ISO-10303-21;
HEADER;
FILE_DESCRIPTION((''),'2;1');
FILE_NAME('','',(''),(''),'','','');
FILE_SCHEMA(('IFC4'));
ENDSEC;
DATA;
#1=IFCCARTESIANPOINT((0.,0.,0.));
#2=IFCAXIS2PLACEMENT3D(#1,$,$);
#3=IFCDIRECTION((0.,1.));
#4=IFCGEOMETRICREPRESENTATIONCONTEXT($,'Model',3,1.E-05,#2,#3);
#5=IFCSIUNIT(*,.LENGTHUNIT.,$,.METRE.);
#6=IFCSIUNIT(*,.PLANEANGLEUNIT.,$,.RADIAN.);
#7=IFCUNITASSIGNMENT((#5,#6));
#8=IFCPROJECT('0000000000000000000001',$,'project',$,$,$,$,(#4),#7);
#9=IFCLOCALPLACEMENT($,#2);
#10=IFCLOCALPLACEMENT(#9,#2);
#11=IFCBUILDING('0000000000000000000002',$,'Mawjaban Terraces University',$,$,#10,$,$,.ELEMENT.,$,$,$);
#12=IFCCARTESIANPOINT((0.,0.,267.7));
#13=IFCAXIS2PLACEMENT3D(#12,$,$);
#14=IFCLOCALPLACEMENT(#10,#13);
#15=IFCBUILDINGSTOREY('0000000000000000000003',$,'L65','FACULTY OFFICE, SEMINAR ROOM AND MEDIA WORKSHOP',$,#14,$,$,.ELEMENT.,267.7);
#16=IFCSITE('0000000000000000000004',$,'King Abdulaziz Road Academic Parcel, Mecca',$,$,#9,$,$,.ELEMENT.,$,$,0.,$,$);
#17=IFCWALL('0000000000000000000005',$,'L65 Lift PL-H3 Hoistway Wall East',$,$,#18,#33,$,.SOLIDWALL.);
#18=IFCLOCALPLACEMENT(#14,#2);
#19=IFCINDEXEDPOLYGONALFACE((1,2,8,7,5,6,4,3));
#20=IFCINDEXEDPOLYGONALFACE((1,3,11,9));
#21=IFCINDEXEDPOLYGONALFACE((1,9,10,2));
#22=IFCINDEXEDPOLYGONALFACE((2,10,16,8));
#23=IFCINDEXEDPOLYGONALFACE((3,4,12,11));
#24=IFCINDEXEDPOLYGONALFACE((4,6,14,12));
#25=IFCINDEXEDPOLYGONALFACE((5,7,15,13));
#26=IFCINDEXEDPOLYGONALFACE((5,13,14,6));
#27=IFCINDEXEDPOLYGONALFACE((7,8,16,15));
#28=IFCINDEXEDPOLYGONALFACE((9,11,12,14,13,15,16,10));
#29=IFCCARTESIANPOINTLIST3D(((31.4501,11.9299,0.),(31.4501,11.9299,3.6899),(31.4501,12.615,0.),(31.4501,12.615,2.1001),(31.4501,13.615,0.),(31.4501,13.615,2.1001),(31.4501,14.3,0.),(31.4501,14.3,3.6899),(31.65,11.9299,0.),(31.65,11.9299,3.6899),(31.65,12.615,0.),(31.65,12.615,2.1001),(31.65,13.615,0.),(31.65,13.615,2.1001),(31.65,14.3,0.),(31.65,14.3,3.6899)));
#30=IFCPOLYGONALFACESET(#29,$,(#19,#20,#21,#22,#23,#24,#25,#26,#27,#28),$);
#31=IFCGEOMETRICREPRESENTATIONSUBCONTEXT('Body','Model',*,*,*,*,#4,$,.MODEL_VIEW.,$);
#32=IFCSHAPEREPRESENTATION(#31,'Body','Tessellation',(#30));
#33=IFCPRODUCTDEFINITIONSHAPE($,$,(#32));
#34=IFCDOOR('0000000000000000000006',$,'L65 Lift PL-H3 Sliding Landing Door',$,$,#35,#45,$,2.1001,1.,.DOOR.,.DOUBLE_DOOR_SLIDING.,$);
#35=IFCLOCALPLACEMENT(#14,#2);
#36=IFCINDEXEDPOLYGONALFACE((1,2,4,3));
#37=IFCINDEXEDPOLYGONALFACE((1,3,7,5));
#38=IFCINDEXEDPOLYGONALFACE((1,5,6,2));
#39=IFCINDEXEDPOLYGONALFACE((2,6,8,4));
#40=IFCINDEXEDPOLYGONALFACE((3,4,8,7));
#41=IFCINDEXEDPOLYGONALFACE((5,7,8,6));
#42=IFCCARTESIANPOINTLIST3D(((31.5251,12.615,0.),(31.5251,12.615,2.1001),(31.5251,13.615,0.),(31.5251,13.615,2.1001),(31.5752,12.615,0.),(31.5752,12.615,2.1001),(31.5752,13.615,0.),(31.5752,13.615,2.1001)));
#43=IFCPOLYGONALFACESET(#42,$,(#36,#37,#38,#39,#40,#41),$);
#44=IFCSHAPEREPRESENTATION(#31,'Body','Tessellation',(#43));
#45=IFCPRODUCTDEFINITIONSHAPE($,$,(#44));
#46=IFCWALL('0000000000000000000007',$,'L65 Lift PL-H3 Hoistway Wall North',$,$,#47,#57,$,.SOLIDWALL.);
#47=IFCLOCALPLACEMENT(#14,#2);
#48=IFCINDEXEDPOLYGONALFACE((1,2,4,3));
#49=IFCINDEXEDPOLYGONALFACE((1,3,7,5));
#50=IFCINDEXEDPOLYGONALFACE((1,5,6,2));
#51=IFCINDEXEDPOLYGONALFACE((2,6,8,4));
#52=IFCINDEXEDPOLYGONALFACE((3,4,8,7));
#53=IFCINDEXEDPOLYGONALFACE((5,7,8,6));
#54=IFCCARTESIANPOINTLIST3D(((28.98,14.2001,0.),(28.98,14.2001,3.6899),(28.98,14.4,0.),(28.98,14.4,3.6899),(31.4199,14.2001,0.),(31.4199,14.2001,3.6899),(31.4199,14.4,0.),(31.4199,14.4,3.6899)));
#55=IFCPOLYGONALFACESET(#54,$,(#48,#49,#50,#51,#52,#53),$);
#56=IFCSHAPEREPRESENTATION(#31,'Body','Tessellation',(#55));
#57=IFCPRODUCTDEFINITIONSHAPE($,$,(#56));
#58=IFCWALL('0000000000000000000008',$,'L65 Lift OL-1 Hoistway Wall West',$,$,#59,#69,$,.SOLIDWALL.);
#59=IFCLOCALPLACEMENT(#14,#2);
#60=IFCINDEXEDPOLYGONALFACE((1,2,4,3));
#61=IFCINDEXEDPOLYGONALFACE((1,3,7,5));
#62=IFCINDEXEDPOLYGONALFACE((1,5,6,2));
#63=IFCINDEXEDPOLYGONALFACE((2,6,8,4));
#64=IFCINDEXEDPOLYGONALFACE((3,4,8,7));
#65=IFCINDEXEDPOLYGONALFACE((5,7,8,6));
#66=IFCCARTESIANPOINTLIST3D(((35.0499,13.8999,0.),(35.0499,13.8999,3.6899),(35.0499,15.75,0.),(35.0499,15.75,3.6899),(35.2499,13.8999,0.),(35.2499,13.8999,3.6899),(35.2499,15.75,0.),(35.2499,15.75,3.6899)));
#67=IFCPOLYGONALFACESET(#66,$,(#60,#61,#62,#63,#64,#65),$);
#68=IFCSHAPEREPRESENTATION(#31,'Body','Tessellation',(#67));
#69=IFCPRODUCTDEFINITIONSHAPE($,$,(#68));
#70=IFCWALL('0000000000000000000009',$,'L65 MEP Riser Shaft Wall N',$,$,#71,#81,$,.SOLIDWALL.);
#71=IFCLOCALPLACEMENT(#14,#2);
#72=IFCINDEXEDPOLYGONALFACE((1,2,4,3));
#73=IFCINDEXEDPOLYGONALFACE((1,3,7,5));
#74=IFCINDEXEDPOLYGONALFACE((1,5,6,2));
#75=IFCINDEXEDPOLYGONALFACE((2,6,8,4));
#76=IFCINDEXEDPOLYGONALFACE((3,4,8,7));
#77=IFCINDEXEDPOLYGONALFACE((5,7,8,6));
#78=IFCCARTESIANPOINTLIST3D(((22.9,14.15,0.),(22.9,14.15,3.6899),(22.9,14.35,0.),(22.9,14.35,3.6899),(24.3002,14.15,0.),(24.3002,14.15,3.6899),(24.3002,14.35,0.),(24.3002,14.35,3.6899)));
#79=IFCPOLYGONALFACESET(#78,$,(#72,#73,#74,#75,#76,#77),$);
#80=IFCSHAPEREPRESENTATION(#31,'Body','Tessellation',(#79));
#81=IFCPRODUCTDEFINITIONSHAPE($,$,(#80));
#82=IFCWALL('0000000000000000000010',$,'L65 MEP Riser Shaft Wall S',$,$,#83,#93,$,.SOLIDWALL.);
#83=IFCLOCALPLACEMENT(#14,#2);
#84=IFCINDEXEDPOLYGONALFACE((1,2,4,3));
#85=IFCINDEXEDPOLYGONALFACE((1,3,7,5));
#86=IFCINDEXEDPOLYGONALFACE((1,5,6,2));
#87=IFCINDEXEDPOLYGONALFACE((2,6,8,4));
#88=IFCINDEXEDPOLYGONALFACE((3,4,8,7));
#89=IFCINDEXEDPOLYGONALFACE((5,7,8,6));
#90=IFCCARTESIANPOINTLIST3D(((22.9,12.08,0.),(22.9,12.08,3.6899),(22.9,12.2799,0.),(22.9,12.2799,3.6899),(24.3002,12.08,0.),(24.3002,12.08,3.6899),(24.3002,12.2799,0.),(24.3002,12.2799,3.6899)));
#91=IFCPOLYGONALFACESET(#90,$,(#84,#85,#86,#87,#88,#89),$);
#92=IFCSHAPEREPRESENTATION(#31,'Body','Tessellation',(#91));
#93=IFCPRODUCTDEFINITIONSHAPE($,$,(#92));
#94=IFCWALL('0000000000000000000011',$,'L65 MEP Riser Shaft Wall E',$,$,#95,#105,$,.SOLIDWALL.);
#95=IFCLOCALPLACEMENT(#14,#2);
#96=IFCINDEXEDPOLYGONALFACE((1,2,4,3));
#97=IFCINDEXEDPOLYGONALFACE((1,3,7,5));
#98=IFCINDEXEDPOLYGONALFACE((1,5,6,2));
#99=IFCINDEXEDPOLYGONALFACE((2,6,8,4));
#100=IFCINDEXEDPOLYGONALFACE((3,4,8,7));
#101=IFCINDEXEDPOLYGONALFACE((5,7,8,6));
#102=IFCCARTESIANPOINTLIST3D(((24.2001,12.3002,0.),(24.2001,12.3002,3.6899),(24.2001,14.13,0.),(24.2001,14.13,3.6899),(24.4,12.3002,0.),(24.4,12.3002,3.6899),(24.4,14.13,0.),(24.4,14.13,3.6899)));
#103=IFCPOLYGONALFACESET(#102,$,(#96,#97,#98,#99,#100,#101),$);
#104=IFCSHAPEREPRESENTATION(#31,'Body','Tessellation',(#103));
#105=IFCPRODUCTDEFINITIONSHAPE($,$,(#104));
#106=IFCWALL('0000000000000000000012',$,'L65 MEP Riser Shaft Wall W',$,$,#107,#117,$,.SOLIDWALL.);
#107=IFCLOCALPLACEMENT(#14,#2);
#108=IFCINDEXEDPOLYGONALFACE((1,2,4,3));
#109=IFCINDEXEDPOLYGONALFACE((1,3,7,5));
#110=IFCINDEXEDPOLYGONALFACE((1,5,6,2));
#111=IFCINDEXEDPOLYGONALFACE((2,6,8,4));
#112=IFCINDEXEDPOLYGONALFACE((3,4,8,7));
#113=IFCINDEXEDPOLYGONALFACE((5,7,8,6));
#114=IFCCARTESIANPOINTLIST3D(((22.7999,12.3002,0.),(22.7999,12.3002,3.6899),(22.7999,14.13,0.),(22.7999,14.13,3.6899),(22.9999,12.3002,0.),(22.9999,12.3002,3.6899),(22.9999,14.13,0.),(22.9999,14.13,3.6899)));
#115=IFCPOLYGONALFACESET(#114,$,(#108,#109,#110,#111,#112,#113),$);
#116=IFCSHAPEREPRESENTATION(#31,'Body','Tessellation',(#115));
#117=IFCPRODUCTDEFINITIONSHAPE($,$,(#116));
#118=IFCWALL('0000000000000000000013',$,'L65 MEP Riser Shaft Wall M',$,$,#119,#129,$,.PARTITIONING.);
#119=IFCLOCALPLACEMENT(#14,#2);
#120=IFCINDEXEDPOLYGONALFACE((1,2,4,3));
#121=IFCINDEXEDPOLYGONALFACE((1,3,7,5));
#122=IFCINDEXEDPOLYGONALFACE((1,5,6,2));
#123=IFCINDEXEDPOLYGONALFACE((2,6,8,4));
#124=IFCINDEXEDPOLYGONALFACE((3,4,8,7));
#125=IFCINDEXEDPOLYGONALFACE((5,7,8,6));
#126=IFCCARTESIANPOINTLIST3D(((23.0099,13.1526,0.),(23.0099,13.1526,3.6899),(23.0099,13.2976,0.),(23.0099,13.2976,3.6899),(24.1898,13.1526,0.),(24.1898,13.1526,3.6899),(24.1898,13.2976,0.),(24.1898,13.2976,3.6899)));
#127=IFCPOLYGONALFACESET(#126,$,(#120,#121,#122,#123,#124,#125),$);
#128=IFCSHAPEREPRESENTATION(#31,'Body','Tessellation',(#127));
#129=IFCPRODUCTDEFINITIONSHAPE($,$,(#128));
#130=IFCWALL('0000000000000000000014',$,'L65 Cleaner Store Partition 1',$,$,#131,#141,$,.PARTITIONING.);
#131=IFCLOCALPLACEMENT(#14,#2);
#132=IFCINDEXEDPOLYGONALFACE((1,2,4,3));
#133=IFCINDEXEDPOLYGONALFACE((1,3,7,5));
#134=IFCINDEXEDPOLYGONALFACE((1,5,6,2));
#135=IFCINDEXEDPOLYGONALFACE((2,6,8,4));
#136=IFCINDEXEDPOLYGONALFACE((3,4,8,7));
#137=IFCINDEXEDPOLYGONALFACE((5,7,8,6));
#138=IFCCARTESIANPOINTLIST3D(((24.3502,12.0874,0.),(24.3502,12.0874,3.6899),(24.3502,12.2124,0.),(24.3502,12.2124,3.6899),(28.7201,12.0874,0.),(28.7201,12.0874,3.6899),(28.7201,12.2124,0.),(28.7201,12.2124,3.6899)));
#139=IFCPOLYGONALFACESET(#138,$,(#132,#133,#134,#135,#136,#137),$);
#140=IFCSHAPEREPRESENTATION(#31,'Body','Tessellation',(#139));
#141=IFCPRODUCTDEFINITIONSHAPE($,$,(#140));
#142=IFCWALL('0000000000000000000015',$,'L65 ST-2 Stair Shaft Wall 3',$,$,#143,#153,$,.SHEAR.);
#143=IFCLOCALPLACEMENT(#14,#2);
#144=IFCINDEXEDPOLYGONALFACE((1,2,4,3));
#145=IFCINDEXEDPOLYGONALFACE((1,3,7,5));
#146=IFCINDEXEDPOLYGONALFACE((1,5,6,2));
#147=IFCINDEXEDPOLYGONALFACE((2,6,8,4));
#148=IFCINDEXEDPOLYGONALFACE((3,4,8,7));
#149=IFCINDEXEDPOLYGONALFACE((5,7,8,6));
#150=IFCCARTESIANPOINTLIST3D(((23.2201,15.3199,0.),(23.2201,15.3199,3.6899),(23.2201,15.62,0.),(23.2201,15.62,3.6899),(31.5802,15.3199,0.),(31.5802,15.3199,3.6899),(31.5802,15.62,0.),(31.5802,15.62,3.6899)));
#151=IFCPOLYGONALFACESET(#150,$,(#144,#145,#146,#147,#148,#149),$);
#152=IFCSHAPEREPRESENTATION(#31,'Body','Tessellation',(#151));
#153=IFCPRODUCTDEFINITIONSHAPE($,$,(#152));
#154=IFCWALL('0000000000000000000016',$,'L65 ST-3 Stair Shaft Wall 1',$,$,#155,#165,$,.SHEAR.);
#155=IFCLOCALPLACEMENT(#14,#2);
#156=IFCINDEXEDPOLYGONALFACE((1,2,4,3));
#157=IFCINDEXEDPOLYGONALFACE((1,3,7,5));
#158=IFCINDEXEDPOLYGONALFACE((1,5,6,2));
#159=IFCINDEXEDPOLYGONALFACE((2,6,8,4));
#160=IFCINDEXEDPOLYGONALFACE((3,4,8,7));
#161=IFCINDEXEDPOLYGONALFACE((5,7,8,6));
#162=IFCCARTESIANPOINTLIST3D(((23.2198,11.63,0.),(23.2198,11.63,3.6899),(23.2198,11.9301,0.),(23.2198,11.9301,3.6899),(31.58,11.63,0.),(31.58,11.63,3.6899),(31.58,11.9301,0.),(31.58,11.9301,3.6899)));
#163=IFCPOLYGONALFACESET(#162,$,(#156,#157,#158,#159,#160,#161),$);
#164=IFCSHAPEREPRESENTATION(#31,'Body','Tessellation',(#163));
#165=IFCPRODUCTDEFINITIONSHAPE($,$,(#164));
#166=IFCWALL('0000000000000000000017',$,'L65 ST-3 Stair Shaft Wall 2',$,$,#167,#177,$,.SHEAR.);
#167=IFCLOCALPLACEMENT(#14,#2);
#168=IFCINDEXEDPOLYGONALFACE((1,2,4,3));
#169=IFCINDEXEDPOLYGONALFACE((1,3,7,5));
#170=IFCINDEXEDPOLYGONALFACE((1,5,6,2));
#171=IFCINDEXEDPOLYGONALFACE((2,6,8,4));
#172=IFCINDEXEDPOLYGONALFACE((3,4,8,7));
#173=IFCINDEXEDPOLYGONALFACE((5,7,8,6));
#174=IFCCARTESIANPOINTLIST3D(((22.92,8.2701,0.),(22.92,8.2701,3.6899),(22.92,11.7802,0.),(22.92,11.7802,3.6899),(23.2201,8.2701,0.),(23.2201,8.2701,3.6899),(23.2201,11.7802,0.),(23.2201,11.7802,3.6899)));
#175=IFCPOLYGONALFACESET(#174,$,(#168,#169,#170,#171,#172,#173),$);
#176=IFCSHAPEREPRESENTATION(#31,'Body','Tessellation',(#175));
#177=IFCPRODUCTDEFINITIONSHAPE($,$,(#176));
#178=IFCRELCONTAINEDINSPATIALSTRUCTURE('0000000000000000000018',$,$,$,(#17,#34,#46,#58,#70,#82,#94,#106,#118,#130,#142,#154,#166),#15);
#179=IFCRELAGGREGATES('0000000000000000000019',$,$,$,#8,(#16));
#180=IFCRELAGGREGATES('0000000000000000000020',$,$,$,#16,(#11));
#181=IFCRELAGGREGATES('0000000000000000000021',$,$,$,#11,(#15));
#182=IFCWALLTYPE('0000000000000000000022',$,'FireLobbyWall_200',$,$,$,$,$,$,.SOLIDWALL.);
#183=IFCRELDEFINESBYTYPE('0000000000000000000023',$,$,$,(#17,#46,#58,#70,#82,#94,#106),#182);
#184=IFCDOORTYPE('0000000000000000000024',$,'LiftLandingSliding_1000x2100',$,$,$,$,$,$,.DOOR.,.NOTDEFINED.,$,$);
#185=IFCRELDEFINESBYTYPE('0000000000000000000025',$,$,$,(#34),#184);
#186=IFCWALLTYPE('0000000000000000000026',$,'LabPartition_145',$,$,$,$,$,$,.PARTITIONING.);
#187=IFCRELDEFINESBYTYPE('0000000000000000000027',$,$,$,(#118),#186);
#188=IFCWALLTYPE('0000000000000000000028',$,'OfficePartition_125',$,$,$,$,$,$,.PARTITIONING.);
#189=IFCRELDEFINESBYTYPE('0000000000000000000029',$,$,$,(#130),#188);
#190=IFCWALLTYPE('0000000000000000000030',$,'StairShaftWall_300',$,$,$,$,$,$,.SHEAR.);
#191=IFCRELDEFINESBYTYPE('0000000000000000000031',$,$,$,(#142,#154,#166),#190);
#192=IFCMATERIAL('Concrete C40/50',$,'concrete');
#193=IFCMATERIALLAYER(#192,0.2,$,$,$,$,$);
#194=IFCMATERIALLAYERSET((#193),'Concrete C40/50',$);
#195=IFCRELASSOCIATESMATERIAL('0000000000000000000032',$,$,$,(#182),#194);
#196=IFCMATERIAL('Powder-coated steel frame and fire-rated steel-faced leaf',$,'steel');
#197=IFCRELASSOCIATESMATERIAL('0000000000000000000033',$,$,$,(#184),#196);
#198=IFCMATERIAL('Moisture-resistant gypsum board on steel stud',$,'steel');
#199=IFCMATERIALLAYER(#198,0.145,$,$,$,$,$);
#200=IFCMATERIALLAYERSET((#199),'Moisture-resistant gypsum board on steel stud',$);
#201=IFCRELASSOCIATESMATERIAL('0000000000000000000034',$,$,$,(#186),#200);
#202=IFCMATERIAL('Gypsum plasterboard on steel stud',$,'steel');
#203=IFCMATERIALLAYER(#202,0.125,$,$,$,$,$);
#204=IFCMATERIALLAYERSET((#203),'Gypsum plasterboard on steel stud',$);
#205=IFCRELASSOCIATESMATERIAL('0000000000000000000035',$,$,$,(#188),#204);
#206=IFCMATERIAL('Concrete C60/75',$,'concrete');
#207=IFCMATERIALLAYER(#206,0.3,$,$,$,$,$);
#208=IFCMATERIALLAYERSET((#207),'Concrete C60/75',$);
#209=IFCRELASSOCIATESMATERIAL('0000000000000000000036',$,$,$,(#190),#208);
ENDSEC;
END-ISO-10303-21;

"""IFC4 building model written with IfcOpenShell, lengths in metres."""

from ifc_helpers import new_model, si_unit, direction, frame, frame_2d, origin, place, context, subcontext, project, spatial, rectangle, extrude, material, layer, layer_set, type_object, element, fill, save


model = new_model("IFC4")

# Units and contexts
model_context = context("Model", 3, precision=1e-05, world=origin(), true_north=direction((0.0, 1.0)))
body_context = subcontext(model_context, "Body", "Model", "MODEL_VIEW")
ifc_project = project(units=[si_unit("LENGTHUNIT", "METRE"), si_unit("PLANEANGLEUNIT", "RADIAN")], contexts=[model_context])

# Site, building, storey
site_placement = place(None, origin())
site = spatial("IfcSite", under=ifc_project, at=site_placement, Name="King Abdulaziz Road Academic Parcel, Mecca", CompositionType="ELEMENT", RefElevation=0.0)
building_placement = place(site_placement, origin())
building = spatial("IfcBuilding", under=site, at=building_placement, Name="Mawjaban Terraces University", CompositionType="ELEMENT")
storey_placement = place(building_placement, frame((0.0, 0.0, 267.7)))
storey = spatial("IfcBuildingStorey", under=building, at=storey_placement, Name="L65", Description="FACULTY OFFICE, SEMINAR ROOM AND MEDIA WORKSHOP", CompositionType="ELEMENT", Elevation=267.7)

# Shared definitions
ifc_material_1 = material(Name="Concrete C40/50", Category="concrete")
ifc_layer_1 = layer(ifc_material_1, 0.2)
ifc_layer_set_1 = layer_set([ifc_layer_1], Name="Concrete C40/50")
wall_type_1 = type_object("IfcWallType", Name="FireLobbyWall_200", PredefinedType="SOLIDWALL", material=ifc_layer_set_1)
ifc_material_2 = material(Name="Powder-coated steel frame and fire-rated steel-faced leaf", Category="steel")
door_type_1 = type_object("IfcDoorType", Name="LiftLandingSliding_1000x2100", OperationType="NOTDEFINED", PredefinedType="DOOR", material=ifc_material_2)

# Wall, opening, door
wall_1_placement = place(storey_placement, frame((31.55, 11.9299, 0.0), z_axis=(0.0, 0.0, 1.0), x_axis=(0.0, 1.0, 0.0)))
wall_1 = element("IfcWall", 1, at=wall_1_placement, inside=storey, type_object=wall_type_1, Name="L65 Lift PL-H3 Hoistway Wall East", PredefinedType="SOLIDWALL", context=body_context, shape_type="SweptSolid", body=[
    extrude(rectangle(XDim=2.3701, YDim=0.2, at=frame_2d((1.1851, 0.0))), origin(), (0.0, 0.0, 1.0), 3.6899),
])
opening_1_placement = place(wall_1_placement, frame((0.6851, 0.0, 0.0)))
opening_1 = element("IfcOpeningElement", 2, at=opening_1_placement, cuts=wall_1, PredefinedType="OPENING", context=body_context, shape_type="SweptSolid", body=[
    extrude(rectangle(XDim=1.0, YDim=2.1001, at=frame_2d((0.5, 1.05))), frame((0.0, 0.1099, 0.0), z_axis=(0.0, -1.0, 0.0), x_axis=(1.0, 0.0, 0.0)), (0.0, 0.0, 1.0), 0.22),
])
door_1_placement = place(opening_1_placement, origin())
door_1 = element("IfcDoor", 3, at=door_1_placement, inside=storey, type_object=door_type_1, Name="L65 Lift PL-H3 Sliding Landing Door", OperationType="DOUBLE_DOOR_SLIDING", OverallHeight=2.1001, OverallWidth=1.0, PredefinedType="DOOR", context=body_context, shape_type="SweptSolid", body=[
    extrude(rectangle(XDim=1.0, YDim=2.1001, at=frame_2d((0.5, 1.05))), frame((0.0, 0.0249, 0.0), z_axis=(0.0, -1.0, 0.0), x_axis=(1.0, 0.0, 0.0)), (0.0, 0.0, 1.0), 0.05),
])
fill(opening_1, door_1)

# Walls
wall_2_placement = place(storey_placement, frame((31.4199, 14.3, 0.0), z_axis=(0.0, 0.0, 1.0), x_axis=(-1.0, 0.0, 0.0)))
element("IfcWall", 4, at=wall_2_placement, inside=storey, type_object=wall_type_1, Name="L65 Lift PL-H3 Hoistway Wall North", PredefinedType="SOLIDWALL", context=body_context, shape_type="SweptSolid", body=[
    extrude(rectangle(XDim=2.4399, YDim=0.2, at=frame_2d((1.22, 0.0))), origin(), (0.0, 0.0, 1.0), 3.6899),
])
wall_3_placement = place(storey_placement, frame((35.1499, 15.75, 0.0), z_axis=(0.0, 0.0, 1.0), x_axis=(0.0, -1.0, 0.0)))
element("IfcWall", 5, at=wall_3_placement, inside=storey, type_object=wall_type_1, Name="L65 Lift OL-1 Hoistway Wall West", PredefinedType="SOLIDWALL", context=body_context, shape_type="SweptSolid", body=[
    extrude(rectangle(XDim=1.8501, YDim=0.2, at=frame_2d((0.925, 0.0))), origin(), (0.0, 0.0, 1.0), 3.6899),
])
for number, where, z_axis, x_axis, name in (
    (6, (22.8999, 14.25, 0.0), (0.0, 0.0, 1.0), (1.0, 0.0, 0.0), "L65 MEP Riser Shaft Wall N"),
    (7, (22.8999, 12.1799, 0.0), (0.0, 0.0, 1.0), (1.0, 0.0, 0.0), "L65 MEP Riser Shaft Wall S"),
):
    element("IfcWall", number, at=place(storey_placement, frame(where, z_axis=z_axis, x_axis=x_axis)), inside=storey, type_object=wall_type_1, Name=name, PredefinedType="SOLIDWALL", context=body_context, shape_type="SweptSolid", body=[
        extrude(rectangle(XDim=1.4001, YDim=0.2, at=frame_2d((0.7002, 0.0))), origin(), (0.0, 0.0, 1.0), 3.6899),
    ])
for number, where, z_axis, x_axis, name in (
    (8, (24.3, 12.3, 0.0), (0.0, 0.0, 1.0), (0.0, 1.0, 0.0), "L65 MEP Riser Shaft Wall E"),
    (9, (22.8999, 12.3, 0.0), (0.0, 0.0, 1.0), (0.0, 1.0, 0.0), "L65 MEP Riser Shaft Wall W"),
):
    element("IfcWall", number, at=place(storey_placement, frame(where, z_axis=z_axis, x_axis=x_axis)), inside=storey, type_object=wall_type_1, Name=name, PredefinedType="SOLIDWALL", context=body_context, shape_type="SweptSolid", body=[
        extrude(rectangle(XDim=1.8298, YDim=0.2, at=frame_2d((0.915, 0.0))), origin(), (0.0, 0.0, 1.0), 3.6899),
    ])
ifc_material_3 = material(Name="Moisture-resistant gypsum board on steel stud", Category="steel")
ifc_layer_2 = layer(ifc_material_3, 0.145)
ifc_layer_set_2 = layer_set([ifc_layer_2], Name="Moisture-resistant gypsum board on steel stud")
wall_type_2 = type_object("IfcWallType", Name="LabPartition_145", PredefinedType="PARTITIONING", material=ifc_layer_set_2)
wall_4_placement = place(storey_placement, frame((23.01, 13.2251, 0.0), z_axis=(0.0, 0.0, 1.0), x_axis=(1.0, 0.0, 0.0)))
element("IfcWall", 10, at=wall_4_placement, inside=storey, type_object=wall_type_2, Name="L65 MEP Riser Shaft Wall M", PredefinedType="PARTITIONING", context=body_context, shape_type="SweptSolid", body=[
    extrude(rectangle(XDim=1.1799, YDim=0.145, at=frame_2d((0.5898, 0.0))), origin(), (0.0, 0.0, 1.0), 3.6899),
])
ifc_material_4 = material(Name="Gypsum plasterboard on steel stud", Category="steel")
ifc_layer_3 = layer(ifc_material_4, 0.125)
ifc_layer_set_3 = layer_set([ifc_layer_3], Name="Gypsum plasterboard on steel stud")
wall_type_3 = type_object("IfcWallType", Name="OfficePartition_125", PredefinedType="PARTITIONING", material=ifc_layer_set_3)
wall_5_placement = place(storey_placement, frame((24.3501, 12.1499, 0.0), z_axis=(0.0, 0.0, 1.0), x_axis=(1.0, 0.0, 0.0)))
element("IfcWall", 11, at=wall_5_placement, inside=storey, type_object=wall_type_3, Name="L65 Cleaner Store Partition 1", PredefinedType="PARTITIONING", context=body_context, shape_type="SweptSolid", body=[
    extrude(rectangle(XDim=4.3699, YDim=0.125, at=frame_2d((2.1851, 0.0))), origin(), (0.0, 0.0, 1.0), 3.6899),
])
ifc_material_5 = material(Name="Concrete C60/75", Category="concrete")
ifc_layer_4 = layer(ifc_material_5, 0.3)
ifc_layer_set_4 = layer_set([ifc_layer_4], Name="Concrete C60/75")
wall_type_4 = type_object("IfcWallType", Name="StairShaftWall_300", PredefinedType="SHEAR", material=ifc_layer_set_4)
wall_6_placement = place(storey_placement, frame((23.22, 15.47, 0.0), z_axis=(0.0, 0.0, 1.0), x_axis=(1.0, 0.0, 0.0)))
element("IfcWall", 12, at=wall_6_placement, inside=storey, type_object=wall_type_4, Name="L65 ST-2 Stair Shaft Wall 3", PredefinedType="SHEAR", context=body_context, shape_type="SweptSolid", body=[
    extrude(rectangle(XDim=8.3601, YDim=0.3, at=frame_2d((4.1802, 0.0))), origin(), (0.0, 0.0, 1.0), 3.6899),
])

# Walls
wall_7_placement = place(storey_placement, frame((31.5801, 11.78, 0.0), z_axis=(0.0, 0.0, 1.0), x_axis=(-1.0, 0.0, 0.0)))
element("IfcWall", 13, at=wall_7_placement, inside=storey, type_object=wall_type_4, Name="L65 ST-3 Stair Shaft Wall 1", PredefinedType="SHEAR", context=body_context, shape_type="SweptSolid", body=[
    extrude(rectangle(XDim=8.3601, YDim=0.3, at=frame_2d((4.1802, 0.0))), origin(), (0.0, 0.0, 1.0), 3.6899),
])
wall_8_placement = place(storey_placement, frame((23.0701, 11.78, 0.0), z_axis=(0.0, 0.0, 1.0), x_axis=(0.0, -1.0, 0.0)))
element("IfcWall", 14, at=wall_8_placement, inside=storey, type_object=wall_type_4, Name="L65 ST-3 Stair Shaft Wall 2", PredefinedType="SHEAR", context=body_context, shape_type="SweptSolid", body=[
    extrude(rectangle(XDim=3.51, YDim=0.3, at=frame_2d((1.7549, 0.0))), origin(), (0.0, 0.0, 1.0), 3.6899),
])

save(model, "model.ifc")
